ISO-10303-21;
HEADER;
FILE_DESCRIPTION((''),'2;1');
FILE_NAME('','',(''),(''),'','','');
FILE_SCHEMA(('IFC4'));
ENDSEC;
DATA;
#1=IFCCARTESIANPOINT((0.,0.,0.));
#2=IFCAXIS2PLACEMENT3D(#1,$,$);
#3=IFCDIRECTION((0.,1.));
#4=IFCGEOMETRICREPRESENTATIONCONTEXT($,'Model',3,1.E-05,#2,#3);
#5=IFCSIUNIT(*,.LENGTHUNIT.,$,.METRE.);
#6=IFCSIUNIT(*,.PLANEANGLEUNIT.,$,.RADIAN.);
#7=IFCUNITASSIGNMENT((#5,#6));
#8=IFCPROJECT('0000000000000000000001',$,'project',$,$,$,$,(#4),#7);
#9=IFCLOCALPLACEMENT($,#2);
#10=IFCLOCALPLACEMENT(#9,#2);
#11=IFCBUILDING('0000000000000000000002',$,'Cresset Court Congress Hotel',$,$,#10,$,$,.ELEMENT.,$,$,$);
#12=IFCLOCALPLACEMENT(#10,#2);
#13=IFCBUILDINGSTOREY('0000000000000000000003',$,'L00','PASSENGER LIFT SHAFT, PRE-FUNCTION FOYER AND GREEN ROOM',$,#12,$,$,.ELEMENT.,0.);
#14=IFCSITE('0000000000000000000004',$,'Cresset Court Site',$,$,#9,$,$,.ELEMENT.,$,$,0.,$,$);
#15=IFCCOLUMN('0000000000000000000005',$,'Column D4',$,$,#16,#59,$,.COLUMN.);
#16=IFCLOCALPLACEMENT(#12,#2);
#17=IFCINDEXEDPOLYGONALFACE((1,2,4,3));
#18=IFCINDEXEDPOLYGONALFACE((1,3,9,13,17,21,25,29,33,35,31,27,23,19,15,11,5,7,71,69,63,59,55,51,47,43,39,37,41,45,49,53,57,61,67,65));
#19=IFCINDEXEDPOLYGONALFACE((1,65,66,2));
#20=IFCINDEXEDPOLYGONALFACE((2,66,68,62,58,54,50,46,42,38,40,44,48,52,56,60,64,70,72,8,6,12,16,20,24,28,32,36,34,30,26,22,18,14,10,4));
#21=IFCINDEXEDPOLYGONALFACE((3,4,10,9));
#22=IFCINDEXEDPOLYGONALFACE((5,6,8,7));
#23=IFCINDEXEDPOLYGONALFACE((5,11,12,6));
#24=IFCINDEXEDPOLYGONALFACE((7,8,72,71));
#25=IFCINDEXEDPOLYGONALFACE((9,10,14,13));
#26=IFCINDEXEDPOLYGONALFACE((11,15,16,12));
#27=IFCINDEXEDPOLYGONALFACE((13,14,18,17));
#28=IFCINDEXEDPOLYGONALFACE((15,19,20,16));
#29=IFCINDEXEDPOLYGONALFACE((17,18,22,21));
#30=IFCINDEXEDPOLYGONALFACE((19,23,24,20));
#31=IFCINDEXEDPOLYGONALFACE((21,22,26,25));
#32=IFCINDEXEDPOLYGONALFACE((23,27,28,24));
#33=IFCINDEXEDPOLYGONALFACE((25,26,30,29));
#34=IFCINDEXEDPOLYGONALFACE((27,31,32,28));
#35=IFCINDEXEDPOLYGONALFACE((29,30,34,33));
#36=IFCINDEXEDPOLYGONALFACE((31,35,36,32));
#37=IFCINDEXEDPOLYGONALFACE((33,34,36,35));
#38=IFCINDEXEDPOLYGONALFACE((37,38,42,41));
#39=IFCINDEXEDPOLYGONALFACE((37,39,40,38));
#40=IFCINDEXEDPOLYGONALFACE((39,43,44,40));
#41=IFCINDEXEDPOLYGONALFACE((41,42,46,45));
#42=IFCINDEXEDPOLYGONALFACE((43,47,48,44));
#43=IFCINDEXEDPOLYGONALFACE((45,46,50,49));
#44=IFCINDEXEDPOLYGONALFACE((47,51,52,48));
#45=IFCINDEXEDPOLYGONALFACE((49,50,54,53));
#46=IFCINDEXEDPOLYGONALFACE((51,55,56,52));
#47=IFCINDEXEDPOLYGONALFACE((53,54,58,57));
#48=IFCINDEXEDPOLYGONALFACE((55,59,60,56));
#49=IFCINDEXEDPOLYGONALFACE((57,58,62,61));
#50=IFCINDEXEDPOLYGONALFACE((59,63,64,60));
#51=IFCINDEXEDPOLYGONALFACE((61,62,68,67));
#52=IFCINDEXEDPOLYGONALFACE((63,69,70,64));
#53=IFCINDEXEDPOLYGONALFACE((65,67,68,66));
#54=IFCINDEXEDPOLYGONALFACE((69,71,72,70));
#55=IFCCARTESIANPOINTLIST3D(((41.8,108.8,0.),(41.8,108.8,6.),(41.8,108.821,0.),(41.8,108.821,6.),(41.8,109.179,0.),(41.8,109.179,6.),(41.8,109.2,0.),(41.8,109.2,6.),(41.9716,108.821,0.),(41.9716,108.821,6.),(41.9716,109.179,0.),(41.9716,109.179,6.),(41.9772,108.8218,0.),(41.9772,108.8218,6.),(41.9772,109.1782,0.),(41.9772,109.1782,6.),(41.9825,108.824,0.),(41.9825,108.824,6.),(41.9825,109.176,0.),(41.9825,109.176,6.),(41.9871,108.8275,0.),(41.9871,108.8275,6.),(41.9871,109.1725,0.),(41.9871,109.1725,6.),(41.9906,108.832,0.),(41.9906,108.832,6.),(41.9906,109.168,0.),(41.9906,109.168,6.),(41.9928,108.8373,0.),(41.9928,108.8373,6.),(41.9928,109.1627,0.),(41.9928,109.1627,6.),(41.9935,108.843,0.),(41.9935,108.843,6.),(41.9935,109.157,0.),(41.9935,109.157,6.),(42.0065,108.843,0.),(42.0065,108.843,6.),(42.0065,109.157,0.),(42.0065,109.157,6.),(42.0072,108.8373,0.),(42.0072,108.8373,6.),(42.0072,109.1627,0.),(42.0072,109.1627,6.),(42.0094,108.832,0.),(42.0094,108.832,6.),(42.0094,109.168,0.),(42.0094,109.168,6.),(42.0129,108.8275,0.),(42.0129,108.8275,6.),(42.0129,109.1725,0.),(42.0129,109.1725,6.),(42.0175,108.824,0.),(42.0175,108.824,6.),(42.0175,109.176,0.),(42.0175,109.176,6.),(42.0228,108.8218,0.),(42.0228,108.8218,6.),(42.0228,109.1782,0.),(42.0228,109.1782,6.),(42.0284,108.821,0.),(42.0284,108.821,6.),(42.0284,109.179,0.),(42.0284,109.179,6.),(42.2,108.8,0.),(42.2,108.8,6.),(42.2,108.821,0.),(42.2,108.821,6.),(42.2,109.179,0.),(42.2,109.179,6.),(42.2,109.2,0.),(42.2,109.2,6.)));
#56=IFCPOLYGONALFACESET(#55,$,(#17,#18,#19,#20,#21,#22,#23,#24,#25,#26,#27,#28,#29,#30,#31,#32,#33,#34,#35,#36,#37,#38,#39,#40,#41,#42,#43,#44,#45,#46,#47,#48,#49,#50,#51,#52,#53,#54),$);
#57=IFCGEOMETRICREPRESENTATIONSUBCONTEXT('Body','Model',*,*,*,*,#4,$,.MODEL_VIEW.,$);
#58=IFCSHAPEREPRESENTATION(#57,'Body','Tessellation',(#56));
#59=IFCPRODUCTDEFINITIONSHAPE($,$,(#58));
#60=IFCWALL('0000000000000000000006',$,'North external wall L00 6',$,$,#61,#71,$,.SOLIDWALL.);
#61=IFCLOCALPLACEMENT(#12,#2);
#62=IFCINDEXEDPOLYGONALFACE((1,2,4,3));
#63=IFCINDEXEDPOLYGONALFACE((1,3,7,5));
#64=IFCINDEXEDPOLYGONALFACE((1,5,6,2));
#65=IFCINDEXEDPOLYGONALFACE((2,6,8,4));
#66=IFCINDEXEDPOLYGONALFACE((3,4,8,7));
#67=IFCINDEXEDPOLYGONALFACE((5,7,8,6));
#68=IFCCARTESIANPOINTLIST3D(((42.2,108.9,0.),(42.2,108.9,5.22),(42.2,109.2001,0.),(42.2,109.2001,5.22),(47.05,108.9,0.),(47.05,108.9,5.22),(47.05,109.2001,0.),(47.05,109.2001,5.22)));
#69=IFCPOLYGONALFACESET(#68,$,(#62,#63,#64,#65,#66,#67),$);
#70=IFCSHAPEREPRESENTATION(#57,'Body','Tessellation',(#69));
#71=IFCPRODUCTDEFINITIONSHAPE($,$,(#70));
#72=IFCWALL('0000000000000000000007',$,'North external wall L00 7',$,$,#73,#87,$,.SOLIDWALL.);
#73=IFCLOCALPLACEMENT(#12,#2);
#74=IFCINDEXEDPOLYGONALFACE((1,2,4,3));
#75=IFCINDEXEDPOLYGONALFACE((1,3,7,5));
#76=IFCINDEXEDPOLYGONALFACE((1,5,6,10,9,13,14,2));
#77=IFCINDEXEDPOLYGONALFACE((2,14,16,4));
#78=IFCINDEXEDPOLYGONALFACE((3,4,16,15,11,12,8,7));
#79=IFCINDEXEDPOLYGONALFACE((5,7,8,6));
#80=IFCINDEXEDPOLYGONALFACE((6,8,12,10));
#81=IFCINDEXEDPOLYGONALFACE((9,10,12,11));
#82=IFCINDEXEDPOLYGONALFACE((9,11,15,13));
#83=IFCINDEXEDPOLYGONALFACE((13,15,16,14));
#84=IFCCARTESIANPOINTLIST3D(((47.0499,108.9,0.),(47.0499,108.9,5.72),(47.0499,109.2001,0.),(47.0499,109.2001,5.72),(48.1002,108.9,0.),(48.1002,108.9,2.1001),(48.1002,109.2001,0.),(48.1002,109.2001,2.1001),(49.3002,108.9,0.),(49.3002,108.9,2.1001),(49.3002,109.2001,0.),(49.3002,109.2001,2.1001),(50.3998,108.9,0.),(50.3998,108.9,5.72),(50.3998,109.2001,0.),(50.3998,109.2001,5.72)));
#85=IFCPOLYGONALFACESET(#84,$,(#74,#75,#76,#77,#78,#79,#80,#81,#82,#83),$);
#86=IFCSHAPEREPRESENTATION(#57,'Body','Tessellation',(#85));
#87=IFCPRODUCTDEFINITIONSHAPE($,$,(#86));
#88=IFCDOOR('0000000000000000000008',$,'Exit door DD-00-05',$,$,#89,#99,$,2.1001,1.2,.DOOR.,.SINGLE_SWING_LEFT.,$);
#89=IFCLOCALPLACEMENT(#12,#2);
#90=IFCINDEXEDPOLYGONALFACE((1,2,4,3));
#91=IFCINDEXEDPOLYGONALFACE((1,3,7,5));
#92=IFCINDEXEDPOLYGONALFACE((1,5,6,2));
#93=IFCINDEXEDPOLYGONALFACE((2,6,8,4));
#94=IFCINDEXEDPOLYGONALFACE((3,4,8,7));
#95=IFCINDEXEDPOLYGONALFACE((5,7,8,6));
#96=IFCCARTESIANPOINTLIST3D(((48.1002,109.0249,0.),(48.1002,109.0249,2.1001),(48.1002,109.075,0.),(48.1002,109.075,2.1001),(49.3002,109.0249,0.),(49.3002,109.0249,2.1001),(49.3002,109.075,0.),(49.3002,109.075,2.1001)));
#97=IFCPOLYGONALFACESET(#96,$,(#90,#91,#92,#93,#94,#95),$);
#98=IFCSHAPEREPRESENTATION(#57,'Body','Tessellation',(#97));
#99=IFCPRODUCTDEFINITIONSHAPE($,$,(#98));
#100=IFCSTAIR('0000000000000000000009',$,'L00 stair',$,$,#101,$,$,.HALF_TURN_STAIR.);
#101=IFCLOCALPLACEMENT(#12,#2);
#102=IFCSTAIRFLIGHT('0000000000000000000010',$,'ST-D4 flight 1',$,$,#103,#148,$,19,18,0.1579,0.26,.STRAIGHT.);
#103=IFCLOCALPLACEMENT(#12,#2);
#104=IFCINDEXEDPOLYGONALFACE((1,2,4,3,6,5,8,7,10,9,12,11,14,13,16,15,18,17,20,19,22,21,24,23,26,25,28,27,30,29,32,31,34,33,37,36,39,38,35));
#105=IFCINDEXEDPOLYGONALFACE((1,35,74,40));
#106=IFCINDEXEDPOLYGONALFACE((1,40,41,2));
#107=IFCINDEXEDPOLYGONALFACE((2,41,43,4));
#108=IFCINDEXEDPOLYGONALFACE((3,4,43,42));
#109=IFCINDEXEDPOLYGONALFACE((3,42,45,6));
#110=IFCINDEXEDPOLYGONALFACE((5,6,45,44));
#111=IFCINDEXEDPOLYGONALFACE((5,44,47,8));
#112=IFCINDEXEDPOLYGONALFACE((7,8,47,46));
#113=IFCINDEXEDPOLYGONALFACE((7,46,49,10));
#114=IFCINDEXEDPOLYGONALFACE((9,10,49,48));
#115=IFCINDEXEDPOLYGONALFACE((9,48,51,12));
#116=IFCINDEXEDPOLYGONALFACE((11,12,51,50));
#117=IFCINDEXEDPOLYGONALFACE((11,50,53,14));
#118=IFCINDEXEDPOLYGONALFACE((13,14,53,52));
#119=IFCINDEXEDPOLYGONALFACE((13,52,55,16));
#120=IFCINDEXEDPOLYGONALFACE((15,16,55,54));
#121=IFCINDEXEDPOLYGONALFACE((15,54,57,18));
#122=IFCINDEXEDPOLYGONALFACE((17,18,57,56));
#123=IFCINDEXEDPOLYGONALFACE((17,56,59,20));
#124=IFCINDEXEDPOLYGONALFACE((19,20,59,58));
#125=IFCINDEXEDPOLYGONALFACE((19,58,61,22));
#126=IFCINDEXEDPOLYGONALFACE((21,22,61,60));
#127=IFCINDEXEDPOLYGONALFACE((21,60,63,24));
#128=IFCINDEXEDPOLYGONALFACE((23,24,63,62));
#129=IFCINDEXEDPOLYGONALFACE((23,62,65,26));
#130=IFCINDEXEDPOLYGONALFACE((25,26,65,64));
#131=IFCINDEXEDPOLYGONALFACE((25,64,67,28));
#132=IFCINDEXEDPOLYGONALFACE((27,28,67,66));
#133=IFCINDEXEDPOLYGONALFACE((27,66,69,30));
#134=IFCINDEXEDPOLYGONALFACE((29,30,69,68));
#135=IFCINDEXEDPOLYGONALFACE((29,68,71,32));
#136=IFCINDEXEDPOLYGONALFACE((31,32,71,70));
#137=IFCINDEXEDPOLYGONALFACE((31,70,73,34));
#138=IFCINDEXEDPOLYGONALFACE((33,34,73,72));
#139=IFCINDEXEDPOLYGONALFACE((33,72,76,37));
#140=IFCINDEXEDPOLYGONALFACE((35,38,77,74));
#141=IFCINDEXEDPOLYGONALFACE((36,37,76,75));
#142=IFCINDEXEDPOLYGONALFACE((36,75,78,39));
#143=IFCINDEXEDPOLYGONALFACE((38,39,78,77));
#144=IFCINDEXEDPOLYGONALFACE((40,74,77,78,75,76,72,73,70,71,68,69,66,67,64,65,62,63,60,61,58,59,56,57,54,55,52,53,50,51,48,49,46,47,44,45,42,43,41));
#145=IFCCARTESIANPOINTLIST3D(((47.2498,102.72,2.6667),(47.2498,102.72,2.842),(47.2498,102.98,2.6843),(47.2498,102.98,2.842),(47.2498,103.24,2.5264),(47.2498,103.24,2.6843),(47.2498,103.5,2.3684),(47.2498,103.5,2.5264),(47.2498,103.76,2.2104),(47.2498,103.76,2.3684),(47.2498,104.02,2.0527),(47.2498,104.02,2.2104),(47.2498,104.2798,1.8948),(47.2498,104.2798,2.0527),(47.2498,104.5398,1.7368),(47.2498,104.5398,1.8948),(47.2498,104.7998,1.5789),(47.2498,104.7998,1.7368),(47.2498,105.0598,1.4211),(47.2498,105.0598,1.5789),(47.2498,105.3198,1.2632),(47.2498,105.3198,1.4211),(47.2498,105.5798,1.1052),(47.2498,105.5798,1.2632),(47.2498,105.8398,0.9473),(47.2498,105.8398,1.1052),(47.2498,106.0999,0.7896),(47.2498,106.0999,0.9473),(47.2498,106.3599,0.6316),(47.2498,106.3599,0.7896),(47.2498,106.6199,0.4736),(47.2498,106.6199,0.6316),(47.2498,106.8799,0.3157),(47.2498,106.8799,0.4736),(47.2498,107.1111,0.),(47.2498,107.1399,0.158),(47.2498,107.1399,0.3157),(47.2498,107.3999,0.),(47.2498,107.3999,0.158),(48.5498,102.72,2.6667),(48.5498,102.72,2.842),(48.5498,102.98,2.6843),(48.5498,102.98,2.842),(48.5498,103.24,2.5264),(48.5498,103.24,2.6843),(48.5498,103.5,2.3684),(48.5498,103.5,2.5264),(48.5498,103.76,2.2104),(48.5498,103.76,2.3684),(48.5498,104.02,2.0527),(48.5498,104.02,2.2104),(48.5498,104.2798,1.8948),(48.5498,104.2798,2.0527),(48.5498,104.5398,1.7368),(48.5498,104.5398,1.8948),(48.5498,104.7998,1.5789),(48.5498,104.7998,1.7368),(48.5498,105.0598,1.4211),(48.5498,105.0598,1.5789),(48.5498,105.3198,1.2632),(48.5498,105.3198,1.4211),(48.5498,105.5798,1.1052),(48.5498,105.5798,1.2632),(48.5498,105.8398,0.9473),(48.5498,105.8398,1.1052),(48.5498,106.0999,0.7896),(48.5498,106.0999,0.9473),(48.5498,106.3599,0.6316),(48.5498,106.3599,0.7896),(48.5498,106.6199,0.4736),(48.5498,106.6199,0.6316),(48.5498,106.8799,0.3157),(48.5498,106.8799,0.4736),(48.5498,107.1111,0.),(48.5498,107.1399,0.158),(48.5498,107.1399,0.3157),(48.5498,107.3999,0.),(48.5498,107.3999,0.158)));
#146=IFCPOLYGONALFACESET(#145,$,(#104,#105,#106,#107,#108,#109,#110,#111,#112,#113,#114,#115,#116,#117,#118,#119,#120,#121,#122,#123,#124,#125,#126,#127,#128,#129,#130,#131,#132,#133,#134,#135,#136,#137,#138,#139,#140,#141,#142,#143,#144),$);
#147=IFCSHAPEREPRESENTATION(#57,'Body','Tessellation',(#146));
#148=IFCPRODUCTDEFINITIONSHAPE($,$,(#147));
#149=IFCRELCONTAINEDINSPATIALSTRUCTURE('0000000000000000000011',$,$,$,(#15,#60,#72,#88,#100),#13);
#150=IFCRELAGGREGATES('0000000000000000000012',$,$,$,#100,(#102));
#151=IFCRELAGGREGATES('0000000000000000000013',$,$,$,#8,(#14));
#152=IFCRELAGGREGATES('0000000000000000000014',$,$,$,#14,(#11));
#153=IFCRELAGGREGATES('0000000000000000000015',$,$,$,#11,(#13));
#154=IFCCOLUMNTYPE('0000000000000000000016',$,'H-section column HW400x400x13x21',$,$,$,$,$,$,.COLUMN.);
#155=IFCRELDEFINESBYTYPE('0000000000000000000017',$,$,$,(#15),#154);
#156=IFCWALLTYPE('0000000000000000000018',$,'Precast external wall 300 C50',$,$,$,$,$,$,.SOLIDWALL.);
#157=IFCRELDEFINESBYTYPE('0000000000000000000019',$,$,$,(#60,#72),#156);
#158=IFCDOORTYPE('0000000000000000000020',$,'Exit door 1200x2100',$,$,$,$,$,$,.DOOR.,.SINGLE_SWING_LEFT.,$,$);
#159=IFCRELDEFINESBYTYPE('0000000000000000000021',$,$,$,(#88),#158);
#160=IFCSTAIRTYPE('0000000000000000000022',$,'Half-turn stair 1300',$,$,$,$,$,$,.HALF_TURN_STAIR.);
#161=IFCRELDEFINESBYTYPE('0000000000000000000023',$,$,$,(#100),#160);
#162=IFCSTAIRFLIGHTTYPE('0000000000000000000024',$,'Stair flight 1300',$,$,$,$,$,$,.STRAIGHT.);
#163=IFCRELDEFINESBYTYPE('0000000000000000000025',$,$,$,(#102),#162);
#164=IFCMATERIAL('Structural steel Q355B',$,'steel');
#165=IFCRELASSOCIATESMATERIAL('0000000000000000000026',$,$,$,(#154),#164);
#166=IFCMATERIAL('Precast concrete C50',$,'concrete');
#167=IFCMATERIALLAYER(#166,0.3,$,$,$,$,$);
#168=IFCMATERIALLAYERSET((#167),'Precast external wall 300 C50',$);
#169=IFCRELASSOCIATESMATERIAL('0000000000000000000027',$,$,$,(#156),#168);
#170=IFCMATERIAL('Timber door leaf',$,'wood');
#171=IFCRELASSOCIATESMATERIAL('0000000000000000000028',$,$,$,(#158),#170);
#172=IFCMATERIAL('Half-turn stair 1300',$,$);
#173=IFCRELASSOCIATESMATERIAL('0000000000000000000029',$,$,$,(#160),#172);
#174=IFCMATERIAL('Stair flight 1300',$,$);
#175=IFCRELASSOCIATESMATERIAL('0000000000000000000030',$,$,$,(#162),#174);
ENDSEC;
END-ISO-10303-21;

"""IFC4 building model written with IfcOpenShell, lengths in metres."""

from ifc_helpers import new_model, si_unit, direction, frame, frame_2d, origin, origin_2d, place, context, subcontext, project, spatial, polyline, rectangle, i_section, outline, extrude, material, layer, layer_set, material_profile, profile_set, type_object, element, fill, aggregate, save


model = new_model("IFC4")

# Units and contexts
model_context = context("Model", 3, precision=1e-05, world=origin(), true_north=direction((0.0, 1.0)))
body_context = subcontext(model_context, "Body", "Model", "MODEL_VIEW")
ifc_project = project(units=[si_unit("LENGTHUNIT", "METRE"), si_unit("PLANEANGLEUNIT", "RADIAN")], contexts=[model_context])

# Site, building, storey
site_placement = place(None, origin())
site = spatial("IfcSite", under=ifc_project, at=site_placement, Name="Cresset Court Site", CompositionType="ELEMENT", RefElevation=0.0)
building_placement = place(site_placement, origin())
building = spatial("IfcBuilding", under=site, at=building_placement, Name="Cresset Court Congress Hotel", CompositionType="ELEMENT")
storey_placement = place(building_placement, origin())
storey = spatial("IfcBuildingStorey", under=building, at=storey_placement, Name="L00", Description="PASSENGER LIFT SHAFT, PRE-FUNCTION FOYER AND GREEN ROOM", CompositionType="ELEMENT", Elevation=0.0)

# Column
ifc_material_1 = material(Name="Structural steel Q355B", Category="steel")
ifc_material_profile = material_profile(ifc_material_1, i_section(OverallWidth=0.3999, OverallDepth=0.3999, WebThickness=0.0129, FlangeThickness=0.021, FilletRadius=0.022, at=origin_2d()), Name="HW400x400x13x21")
ifc_profile_set = profile_set([ifc_material_profile], Name="Structural steel Q355B")
column_type = type_object("IfcColumnType", Name="H-section column HW400x400x13x21", PredefinedType="COLUMN", material=ifc_profile_set)
column_placement = place(storey_placement, frame((42.0, 109.0, 0.0), z_axis=(0.0, 0.0, 1.0), x_axis=(1.0, 0.0, 0.0)))
element("IfcColumn", 1, at=column_placement, inside=storey, type_object=column_type, Name="Column D4", PredefinedType="COLUMN", context=body_context, shape_type="SweptSolid", body=[
    extrude(i_section(OverallWidth=0.3999, OverallDepth=0.3999, WebThickness=0.0129, FlangeThickness=0.021, FilletRadius=0.022, at=origin_2d()), origin(), (0.0, 0.0, 1.0), 6.0),
])

# Wall
ifc_material_2 = material(Name="Precast concrete C50", Category="concrete")
ifc_layer = layer(ifc_material_2, 0.3)
ifc_layer_set = layer_set([ifc_layer], Name="Precast external wall 300 C50")
wall_type = type_object("IfcWallType", Name="Precast external wall 300 C50", PredefinedType="SOLIDWALL", material=ifc_layer_set)
wall_1_placement = place(storey_placement, frame((42.2, 109.05, 0.0), z_axis=(0.0, 0.0, 1.0), x_axis=(1.0, 0.0, 0.0)))
element("IfcWall", 2, at=wall_1_placement, inside=storey, type_object=wall_type, Name="North external wall L00 6", PredefinedType="SOLIDWALL", context=body_context, shape_type="SweptSolid", body=[
    extrude(rectangle(XDim=4.8501, YDim=0.3, at=frame_2d((2.425, 0.0))), origin(), (0.0, 0.0, 1.0), 5.22),
])

# Wall, opening, door
wall_2_placement = place(storey_placement, frame((47.05, 109.05, 0.0), z_axis=(0.0, 0.0, 1.0), x_axis=(1.0, 0.0, 0.0)))
wall_2 = element("IfcWall", 3, at=wall_2_placement, inside=storey, type_object=wall_type, Name="North external wall L00 7", PredefinedType="SOLIDWALL", context=body_context, shape_type="SweptSolid", body=[
    extrude(rectangle(XDim=3.3499, YDim=0.3, at=frame_2d((1.6748, 0.0))), origin(), (0.0, 0.0, 1.0), 5.72),
])
opening_placement = place(wall_2_placement, frame((1.05, 0.0, 0.0)))
opening = element("IfcOpeningElement", 4, at=opening_placement, cuts=wall_2, PredefinedType="OPENING", context=body_context, shape_type="SweptSolid", body=[
    extrude(rectangle(XDim=1.2, YDim=2.1001, at=frame_2d((0.6001, 1.05))), frame((0.0, 0.1599, 0.0), z_axis=(0.0, -1.0, 0.0), x_axis=(1.0, 0.0, 0.0)), (0.0, 0.0, 1.0), 0.3201),
])
ifc_material_3 = material(Name="Timber door leaf", Category="wood")
door_type = type_object("IfcDoorType", Name="Exit door 1200x2100", OperationType="SINGLE_SWING_LEFT", PredefinedType="DOOR", material=ifc_material_3)
door_placement = place(opening_placement, origin())
door = element("IfcDoor", 5, at=door_placement, inside=storey, type_object=door_type, Name="Exit door DD-00-05", OperationType="SINGLE_SWING_LEFT", OverallHeight=2.1001, OverallWidth=1.2, PredefinedType="DOOR", context=body_context, shape_type="SweptSolid", body=[
    extrude(rectangle(XDim=1.2, YDim=2.1001, at=frame_2d((0.6001, 1.05))), frame((0.0, 0.0249, 0.0), z_axis=(0.0, -1.0, 0.0), x_axis=(1.0, 0.0, 0.0)), (0.0, 0.0, 1.0), 0.05),
])
fill(opening, door)

# Stair, stair flight
ifc_material_4 = material(Name="Half-turn stair 1300")
stair_type = type_object("IfcStairType", Name="Half-turn stair 1300", PredefinedType="HALF_TURN_STAIR", material=ifc_material_4)
stair_placement = place(storey_placement, origin())
stair = element("IfcStair", 6, at=stair_placement, inside=storey, type_object=stair_type, Name="L00 stair", PredefinedType="HALF_TURN_STAIR")
ifc_material_5 = material(Name="Stair flight 1300")
stair_flight_type = type_object("IfcStairFlightType", Name="Stair flight 1300", PredefinedType="STRAIGHT", material=ifc_material_5)
stair_flight_placement = place(storey_placement, frame((47.8999, 107.3999, 0.0), z_axis=(0.0, 0.0, 1.0), x_axis=(0.0, -1.0, 0.0)))
stair_flight = element("IfcStairFlight", 7, at=stair_flight_placement, type_object=stair_flight_type, Name="ST-D4 flight 1", NumberOfRisers=19, NumberOfTreads=18, PredefinedType="STRAIGHT", RiserHeight=0.1579, TreadLength=0.26, context=body_context, shape_type="SweptSolid", body=[
    extrude(outline(polyline([(0.0, 0.0), (0.0, 0.158), (0.26, 0.158), (0.26, 0.3157), (0.52, 0.3157), (0.52, 0.4736), (0.78, 0.4736), (0.78, 0.6316), (1.04, 0.6316), (1.04, 0.7896), (1.3, 0.7896), (1.3, 0.9473), (1.5601, 0.9473), (1.5601, 1.1052), (1.8201, 1.1052), (1.8201, 1.2632), (2.0801, 1.2632), (2.0801, 1.4211), (2.3401, 1.4211), (2.3401, 1.5789), (2.6001, 1.5789), (2.6001, 1.7368), (2.8601, 1.7368), (2.8601, 1.8948), (3.1201, 1.8948), (3.1201, 2.0527), (3.3799, 2.0527), (3.3799, 2.2104), (3.6399, 2.2104), (3.6399, 2.3684), (3.8999, 2.3684), (3.8999, 2.5264), (4.1599, 2.5264), (4.1599, 2.6843), (4.4199, 2.6843), (4.4199, 2.842), (4.6799, 2.842), (4.6799, 3.0), (4.6799, 2.6667), (0.2888, 0.0), (0.0, 0.0)])), frame((0.0, 0.6499, 0.0), z_axis=(0.0, -1.0, 0.0), x_axis=(1.0, 0.0, 0.0)), (0.0, 0.0, 1.0), 1.3),
])
aggregate(stair, [stair_flight])

save(model, "model.ifc")
